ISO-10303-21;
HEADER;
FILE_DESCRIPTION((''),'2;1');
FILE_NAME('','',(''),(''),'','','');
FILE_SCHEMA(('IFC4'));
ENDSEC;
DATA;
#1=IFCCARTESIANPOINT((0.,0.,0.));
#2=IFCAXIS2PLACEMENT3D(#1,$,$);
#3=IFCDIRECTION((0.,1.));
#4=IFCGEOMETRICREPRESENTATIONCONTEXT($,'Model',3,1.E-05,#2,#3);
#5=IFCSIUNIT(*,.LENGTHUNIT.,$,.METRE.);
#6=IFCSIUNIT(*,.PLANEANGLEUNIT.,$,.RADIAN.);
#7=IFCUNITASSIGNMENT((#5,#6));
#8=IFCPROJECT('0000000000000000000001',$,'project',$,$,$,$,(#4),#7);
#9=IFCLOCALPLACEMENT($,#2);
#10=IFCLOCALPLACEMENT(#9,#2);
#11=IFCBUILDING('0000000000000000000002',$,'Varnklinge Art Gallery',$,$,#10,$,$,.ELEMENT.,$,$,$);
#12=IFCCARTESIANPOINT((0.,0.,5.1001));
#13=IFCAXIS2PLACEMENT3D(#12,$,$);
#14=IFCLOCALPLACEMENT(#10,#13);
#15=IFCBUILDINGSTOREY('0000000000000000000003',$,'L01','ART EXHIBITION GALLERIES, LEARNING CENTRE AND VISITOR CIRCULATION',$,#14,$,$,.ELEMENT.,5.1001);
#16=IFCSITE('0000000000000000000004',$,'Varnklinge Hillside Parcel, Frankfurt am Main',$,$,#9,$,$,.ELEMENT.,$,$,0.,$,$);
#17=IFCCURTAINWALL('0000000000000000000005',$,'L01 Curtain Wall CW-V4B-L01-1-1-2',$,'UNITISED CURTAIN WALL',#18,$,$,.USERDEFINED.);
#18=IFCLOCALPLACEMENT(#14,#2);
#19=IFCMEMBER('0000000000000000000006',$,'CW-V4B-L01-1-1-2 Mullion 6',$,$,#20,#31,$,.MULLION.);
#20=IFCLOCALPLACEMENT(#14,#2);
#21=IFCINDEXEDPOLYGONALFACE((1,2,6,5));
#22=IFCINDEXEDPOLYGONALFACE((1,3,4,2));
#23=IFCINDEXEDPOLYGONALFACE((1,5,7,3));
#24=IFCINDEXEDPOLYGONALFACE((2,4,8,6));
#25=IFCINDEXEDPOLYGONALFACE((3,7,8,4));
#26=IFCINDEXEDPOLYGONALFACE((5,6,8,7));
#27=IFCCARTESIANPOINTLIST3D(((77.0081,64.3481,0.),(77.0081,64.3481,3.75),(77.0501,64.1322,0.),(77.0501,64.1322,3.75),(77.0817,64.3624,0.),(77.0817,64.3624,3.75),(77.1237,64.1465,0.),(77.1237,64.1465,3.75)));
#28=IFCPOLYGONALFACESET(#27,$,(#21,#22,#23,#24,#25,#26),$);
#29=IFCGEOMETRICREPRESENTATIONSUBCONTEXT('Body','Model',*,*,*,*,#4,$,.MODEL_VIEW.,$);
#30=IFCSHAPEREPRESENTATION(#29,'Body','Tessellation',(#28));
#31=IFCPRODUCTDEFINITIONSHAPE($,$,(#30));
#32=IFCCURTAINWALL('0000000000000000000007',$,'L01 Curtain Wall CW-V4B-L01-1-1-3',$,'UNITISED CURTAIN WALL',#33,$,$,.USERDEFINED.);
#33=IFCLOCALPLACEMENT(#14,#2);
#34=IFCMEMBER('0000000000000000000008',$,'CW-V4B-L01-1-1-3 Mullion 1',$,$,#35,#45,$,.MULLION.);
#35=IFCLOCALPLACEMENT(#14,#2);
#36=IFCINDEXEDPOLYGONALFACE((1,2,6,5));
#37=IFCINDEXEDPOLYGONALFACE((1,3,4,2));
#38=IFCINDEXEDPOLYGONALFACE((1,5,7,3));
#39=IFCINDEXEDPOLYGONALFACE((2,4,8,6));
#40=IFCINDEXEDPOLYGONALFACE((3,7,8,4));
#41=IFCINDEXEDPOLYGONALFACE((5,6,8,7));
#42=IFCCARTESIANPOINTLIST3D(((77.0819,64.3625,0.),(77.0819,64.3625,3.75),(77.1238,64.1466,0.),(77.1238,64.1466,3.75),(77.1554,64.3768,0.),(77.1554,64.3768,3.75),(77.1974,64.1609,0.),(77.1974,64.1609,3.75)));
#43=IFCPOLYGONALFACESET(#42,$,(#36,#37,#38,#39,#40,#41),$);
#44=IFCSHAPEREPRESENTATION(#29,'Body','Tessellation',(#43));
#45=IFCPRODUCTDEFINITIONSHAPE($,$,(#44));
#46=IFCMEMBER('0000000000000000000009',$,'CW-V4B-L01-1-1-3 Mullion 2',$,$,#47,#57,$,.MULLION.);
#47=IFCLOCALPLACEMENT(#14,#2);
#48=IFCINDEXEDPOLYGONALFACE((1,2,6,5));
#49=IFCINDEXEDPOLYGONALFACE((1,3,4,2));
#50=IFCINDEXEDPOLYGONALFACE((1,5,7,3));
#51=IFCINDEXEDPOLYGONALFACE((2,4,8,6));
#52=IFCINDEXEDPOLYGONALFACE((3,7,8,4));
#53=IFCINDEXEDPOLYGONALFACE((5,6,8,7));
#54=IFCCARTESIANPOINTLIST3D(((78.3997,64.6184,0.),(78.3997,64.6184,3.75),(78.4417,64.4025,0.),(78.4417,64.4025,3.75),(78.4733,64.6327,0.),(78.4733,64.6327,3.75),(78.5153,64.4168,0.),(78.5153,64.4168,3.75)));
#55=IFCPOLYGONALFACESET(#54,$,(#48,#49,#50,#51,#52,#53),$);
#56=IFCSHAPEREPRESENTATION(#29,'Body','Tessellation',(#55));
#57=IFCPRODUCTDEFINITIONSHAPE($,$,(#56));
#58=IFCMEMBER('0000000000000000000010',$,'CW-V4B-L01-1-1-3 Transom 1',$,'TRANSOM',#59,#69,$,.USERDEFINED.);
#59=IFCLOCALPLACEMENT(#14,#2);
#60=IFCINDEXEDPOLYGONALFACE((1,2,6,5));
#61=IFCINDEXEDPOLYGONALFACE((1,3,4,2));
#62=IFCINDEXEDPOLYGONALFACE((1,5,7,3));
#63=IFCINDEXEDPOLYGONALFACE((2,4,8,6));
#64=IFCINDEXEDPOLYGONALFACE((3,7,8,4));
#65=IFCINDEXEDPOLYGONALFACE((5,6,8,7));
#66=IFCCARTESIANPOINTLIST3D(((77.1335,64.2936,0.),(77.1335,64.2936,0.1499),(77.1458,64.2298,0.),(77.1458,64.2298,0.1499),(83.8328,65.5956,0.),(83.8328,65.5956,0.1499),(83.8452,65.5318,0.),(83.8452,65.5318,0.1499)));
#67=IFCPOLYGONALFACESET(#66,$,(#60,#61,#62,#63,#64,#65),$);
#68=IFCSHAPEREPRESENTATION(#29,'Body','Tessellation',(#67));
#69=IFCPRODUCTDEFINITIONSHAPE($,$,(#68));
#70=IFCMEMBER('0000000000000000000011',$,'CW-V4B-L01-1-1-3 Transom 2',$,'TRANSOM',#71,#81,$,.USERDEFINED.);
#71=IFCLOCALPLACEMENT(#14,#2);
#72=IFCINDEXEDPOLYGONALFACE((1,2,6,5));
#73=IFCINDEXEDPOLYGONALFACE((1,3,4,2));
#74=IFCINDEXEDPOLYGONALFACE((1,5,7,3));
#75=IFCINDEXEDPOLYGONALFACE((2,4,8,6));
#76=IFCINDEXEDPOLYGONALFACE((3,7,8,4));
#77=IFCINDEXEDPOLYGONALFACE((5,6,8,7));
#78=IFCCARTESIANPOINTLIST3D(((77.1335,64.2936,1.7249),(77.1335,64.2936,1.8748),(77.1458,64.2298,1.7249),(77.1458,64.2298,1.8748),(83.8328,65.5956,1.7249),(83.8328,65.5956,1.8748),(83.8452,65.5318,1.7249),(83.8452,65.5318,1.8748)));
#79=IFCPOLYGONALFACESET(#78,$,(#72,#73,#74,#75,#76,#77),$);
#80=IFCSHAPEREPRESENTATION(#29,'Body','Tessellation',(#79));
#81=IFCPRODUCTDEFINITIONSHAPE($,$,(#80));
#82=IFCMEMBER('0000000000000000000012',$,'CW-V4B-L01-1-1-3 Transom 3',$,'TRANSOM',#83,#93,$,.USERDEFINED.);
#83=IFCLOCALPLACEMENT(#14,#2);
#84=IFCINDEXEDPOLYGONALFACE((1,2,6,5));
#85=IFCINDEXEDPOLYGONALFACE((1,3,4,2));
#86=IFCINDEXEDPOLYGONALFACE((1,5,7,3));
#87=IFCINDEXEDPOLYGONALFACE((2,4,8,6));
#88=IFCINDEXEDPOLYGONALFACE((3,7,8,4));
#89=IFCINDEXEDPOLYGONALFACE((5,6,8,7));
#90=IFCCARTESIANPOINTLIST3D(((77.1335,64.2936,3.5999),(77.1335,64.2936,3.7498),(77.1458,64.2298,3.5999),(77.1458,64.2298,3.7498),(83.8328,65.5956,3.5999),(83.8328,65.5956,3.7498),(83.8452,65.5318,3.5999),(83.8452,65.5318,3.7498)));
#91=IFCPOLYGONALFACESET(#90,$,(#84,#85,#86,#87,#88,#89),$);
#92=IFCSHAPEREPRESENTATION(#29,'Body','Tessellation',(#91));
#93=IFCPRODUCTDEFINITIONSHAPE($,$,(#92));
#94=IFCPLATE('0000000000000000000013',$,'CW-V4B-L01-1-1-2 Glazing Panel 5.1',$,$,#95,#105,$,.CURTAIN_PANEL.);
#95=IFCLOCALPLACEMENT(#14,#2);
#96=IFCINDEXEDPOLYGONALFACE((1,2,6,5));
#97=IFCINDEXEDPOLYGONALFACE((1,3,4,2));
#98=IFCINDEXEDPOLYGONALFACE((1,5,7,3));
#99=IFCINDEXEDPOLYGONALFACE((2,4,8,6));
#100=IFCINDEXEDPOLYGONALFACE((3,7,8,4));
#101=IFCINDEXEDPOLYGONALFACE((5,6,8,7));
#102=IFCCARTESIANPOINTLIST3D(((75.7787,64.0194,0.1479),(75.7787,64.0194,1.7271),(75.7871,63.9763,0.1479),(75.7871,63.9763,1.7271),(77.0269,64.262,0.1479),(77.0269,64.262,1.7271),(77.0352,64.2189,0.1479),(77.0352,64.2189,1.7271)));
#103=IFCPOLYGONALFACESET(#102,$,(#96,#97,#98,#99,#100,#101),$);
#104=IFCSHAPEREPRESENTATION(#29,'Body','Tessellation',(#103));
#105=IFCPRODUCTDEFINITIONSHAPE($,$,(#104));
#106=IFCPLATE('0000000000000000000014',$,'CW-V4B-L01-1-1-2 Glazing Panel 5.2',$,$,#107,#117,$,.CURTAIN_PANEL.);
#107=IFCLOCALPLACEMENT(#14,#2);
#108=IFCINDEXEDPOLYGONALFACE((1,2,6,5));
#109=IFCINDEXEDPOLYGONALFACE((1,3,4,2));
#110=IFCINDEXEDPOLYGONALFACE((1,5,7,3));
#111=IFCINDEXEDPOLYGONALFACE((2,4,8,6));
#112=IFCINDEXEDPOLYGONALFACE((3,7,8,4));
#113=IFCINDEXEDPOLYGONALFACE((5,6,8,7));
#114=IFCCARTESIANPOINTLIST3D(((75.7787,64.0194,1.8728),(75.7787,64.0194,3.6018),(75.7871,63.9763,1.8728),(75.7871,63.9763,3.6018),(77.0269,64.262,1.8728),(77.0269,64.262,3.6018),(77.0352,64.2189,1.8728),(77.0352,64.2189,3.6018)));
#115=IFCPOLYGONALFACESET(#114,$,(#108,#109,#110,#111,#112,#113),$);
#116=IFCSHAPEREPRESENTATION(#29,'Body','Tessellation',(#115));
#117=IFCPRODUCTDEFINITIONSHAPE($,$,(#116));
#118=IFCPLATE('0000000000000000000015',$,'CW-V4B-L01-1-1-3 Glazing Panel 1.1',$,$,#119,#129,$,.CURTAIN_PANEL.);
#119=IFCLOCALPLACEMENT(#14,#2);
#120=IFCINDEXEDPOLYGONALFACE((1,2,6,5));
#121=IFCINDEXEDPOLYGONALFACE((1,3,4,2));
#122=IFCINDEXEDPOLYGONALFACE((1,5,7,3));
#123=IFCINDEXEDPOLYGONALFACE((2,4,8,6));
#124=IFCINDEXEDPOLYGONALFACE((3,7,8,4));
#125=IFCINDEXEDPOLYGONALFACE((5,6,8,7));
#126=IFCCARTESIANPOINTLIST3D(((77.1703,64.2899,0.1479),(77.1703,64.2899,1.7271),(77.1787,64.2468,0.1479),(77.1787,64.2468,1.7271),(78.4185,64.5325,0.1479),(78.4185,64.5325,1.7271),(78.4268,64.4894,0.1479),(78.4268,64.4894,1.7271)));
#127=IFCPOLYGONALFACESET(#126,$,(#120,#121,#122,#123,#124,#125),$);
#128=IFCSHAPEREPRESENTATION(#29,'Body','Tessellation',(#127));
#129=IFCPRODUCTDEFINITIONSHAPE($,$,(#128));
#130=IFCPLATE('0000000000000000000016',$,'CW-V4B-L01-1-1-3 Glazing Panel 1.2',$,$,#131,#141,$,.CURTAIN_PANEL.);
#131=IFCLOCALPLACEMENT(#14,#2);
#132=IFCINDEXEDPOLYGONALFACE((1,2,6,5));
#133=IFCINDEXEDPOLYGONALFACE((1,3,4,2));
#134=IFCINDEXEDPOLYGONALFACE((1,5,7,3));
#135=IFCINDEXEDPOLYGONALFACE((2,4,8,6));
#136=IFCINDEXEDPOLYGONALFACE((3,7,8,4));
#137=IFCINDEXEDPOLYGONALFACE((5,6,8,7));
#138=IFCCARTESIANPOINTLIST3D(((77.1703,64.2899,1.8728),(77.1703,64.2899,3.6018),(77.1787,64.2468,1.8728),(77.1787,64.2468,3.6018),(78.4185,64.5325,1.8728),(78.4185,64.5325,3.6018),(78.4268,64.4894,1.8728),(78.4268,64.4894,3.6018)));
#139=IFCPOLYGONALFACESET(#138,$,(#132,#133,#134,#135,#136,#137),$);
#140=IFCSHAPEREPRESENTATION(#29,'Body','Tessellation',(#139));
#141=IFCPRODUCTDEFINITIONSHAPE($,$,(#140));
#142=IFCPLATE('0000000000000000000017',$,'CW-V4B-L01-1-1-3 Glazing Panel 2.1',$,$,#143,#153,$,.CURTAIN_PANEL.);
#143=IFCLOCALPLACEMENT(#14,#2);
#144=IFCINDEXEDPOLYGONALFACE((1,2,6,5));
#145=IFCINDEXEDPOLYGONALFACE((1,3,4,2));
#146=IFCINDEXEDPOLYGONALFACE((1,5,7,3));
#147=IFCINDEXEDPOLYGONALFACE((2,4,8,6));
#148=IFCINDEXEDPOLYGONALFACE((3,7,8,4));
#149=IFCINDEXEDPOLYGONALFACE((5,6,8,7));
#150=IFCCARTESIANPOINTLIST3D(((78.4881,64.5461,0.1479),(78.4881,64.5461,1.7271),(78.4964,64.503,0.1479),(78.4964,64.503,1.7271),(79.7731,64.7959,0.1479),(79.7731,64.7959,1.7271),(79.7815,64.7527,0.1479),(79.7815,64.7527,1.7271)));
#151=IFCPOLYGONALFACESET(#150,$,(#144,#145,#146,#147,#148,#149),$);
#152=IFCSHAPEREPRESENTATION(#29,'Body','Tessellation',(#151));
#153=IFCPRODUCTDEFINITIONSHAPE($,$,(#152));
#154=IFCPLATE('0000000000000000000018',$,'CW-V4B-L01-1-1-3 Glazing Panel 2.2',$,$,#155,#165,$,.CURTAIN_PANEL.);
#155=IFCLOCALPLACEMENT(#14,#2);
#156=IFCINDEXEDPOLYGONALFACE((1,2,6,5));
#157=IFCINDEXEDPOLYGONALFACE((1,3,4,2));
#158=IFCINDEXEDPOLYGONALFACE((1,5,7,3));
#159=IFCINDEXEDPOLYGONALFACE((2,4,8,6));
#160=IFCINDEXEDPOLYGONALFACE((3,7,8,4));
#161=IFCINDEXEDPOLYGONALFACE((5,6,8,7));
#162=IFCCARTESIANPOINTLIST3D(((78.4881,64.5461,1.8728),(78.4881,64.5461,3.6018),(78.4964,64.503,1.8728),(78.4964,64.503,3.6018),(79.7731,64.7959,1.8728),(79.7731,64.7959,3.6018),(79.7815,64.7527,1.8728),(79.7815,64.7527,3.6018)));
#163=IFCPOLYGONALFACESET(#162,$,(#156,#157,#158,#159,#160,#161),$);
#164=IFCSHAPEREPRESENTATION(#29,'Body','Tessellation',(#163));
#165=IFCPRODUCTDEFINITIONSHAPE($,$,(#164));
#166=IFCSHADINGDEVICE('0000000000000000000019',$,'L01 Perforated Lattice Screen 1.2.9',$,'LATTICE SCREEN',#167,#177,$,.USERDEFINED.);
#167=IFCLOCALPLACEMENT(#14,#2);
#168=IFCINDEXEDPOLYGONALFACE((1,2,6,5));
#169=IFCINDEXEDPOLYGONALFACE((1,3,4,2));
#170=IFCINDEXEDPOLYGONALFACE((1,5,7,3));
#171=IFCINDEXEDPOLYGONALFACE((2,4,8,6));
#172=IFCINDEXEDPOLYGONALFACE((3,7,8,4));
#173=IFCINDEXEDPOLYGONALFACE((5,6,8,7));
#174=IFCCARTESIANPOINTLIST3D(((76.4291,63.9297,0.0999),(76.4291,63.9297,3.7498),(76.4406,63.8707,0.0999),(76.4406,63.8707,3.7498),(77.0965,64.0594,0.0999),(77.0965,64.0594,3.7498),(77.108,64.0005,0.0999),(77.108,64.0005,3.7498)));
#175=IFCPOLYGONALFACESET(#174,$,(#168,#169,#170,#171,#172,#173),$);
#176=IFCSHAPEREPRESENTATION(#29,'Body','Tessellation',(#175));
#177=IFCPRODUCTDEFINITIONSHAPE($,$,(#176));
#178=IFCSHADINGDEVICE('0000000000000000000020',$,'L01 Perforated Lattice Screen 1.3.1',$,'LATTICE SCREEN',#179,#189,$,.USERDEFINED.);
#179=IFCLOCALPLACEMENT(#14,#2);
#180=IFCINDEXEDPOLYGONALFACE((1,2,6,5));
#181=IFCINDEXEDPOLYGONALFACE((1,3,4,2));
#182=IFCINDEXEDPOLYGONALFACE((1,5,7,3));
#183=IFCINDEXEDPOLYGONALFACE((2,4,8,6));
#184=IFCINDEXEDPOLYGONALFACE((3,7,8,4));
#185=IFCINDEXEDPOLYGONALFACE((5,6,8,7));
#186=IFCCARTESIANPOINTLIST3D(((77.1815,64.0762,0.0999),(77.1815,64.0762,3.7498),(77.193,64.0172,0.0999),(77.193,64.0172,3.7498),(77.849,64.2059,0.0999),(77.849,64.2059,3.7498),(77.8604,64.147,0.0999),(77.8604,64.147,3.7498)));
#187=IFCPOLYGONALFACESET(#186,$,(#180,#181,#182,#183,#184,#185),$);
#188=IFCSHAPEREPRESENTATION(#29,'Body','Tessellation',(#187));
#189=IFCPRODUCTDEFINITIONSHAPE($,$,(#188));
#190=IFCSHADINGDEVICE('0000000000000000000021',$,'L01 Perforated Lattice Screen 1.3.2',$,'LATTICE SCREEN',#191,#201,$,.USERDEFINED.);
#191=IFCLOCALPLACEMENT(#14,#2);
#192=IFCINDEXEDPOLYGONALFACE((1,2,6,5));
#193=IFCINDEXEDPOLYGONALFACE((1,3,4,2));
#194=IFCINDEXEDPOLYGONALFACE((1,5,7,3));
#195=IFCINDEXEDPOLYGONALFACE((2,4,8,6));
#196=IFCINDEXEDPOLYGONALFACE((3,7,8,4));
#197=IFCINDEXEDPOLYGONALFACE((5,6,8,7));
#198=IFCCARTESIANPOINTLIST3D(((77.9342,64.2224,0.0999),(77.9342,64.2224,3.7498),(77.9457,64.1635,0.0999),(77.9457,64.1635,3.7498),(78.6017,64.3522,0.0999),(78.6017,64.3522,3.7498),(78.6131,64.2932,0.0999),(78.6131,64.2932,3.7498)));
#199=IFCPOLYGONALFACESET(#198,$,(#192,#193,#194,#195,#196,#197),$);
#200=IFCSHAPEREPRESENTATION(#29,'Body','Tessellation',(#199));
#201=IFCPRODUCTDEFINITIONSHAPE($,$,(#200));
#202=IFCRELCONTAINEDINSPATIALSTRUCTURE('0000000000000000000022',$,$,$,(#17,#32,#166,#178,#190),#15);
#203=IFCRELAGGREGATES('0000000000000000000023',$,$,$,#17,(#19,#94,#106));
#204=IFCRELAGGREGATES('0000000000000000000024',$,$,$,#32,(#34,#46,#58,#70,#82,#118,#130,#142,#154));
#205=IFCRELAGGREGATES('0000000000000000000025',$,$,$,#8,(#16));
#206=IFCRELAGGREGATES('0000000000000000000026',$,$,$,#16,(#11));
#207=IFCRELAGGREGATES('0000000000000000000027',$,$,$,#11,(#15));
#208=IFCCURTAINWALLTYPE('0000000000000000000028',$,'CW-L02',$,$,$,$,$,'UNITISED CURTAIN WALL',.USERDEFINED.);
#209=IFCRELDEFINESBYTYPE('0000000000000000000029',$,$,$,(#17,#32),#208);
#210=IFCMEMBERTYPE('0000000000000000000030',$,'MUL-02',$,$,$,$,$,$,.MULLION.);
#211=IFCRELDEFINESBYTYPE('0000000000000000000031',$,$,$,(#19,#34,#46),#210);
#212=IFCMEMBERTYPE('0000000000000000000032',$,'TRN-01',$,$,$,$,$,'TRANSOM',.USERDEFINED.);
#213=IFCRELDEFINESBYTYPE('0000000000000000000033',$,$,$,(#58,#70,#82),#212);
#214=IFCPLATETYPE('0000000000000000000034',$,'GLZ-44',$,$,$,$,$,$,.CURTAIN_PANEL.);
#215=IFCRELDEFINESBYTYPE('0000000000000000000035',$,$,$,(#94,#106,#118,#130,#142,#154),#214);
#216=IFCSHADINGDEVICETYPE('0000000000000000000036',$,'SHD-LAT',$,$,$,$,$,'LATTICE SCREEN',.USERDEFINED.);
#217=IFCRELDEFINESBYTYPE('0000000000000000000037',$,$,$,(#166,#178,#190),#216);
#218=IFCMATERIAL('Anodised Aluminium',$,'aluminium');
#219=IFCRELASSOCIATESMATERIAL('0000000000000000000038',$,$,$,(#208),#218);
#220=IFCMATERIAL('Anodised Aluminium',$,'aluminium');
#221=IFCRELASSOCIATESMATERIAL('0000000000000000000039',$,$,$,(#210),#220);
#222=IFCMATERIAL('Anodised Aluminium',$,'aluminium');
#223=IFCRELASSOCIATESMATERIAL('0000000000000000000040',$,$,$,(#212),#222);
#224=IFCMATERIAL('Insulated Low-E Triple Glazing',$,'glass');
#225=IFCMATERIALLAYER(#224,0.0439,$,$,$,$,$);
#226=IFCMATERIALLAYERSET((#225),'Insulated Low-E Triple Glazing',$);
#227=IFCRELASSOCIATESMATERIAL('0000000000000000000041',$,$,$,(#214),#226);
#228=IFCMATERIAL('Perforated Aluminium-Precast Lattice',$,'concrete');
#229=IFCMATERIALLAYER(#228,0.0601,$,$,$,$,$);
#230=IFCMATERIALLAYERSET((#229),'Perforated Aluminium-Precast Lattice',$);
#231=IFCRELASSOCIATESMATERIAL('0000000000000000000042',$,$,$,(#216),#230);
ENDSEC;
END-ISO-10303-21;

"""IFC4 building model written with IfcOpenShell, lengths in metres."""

from ifc_helpers import new_model, si_unit, direction, frame, origin, origin_2d, place, context, subcontext, project, spatial, rectangle, extrude, material, layer, layer_set, material_profile, profile_set, type_object, element, aggregate, save


model = new_model("IFC4")

# Units and contexts
model_context = context("Model", 3, precision=1e-05, world=origin(), true_north=direction((0.0, 1.0)))
body_context = subcontext(model_context, "Body", "Model", "MODEL_VIEW")
ifc_project = project(units=[si_unit("LENGTHUNIT", "METRE"), si_unit("PLANEANGLEUNIT", "RADIAN")], contexts=[model_context])

# Site, building, storey
site_placement = place(None, origin())
site = spatial("IfcSite", under=ifc_project, at=site_placement, Name="Varnklinge Hillside Parcel, Frankfurt am Main", CompositionType="ELEMENT", RefElevation=0.0)
building_placement = place(site_placement, origin())
building = spatial("IfcBuilding", under=site, at=building_placement, Name="Varnklinge Art Gallery", CompositionType="ELEMENT")
storey_placement = place(building_placement, frame((0.0, 0.0, 5.1001)))
storey = spatial("IfcBuildingStorey", under=building, at=storey_placement, Name="L01", Description="ART EXHIBITION GALLERIES, LEARNING CENTRE AND VISITOR CIRCULATION", CompositionType="ELEMENT", Elevation=5.1001)

# Curtain wall, member
ifc_material_1 = material(Name="Anodised Aluminium", Category="aluminium")
curtain_wall_type = type_object("IfcCurtainWallType", Name="CW-L02", ElementType="UNITISED CURTAIN WALL", PredefinedType="USERDEFINED", material=ifc_material_1)
curtain_wall_1_placement = place(storey_placement, origin())
curtain_wall_1 = element("IfcCurtainWall", 1, at=curtain_wall_1_placement, inside=storey, type_object=curtain_wall_type, Name="L01 Curtain Wall CW-V4B-L01-1-1-2", ObjectType="UNITISED CURTAIN WALL", PredefinedType="USERDEFINED")
ifc_material_2 = material(Name="Anodised Aluminium", Category="aluminium")
ifc_material_profile_1 = material_profile(ifc_material_2, rectangle(XDim=0.075, YDim=0.22, at=origin_2d()), Name="ALU 75x220")
ifc_profile_set_1 = profile_set([ifc_material_profile_1], Name="Anodised Aluminium")
member_type_1 = type_object("IfcMemberType", Name="MUL-02", PredefinedType="MULLION", material=ifc_profile_set_1)
member_1_placement = place(storey_placement, frame((77.0659, 64.2473, 0.0), z_axis=(0.0, 0.0, 1.0), x_axis=(0.981627, 0.190809, 0.0)))
member_1 = element("IfcMember", 2, at=member_1_placement, type_object=member_type_1, Name="CW-V4B-L01-1-1-2 Mullion 6", PredefinedType="MULLION", context=body_context, shape_type="SweptSolid", body=[
    extrude(rectangle(XDim=0.075, YDim=0.22, at=origin_2d()), origin(), (0.0, 0.0, 1.0), 3.75),
])

# Curtain wall, members
curtain_wall_2_placement = place(storey_placement, origin())
curtain_wall_2 = element("IfcCurtainWall", 3, at=curtain_wall_2_placement, inside=storey, type_object=curtain_wall_type, Name="L01 Curtain Wall CW-V4B-L01-1-1-3", ObjectType="UNITISED CURTAIN WALL", PredefinedType="USERDEFINED")
member_2_placement = place(storey_placement, frame((77.1396, 64.2617, 0.0), z_axis=(0.0, 0.0, 1.0), x_axis=(0.981627, 0.190809, 0.0)))
member_2 = element("IfcMember", 4, at=member_2_placement, type_object=member_type_1, Name="CW-V4B-L01-1-1-3 Mullion 1", PredefinedType="MULLION", context=body_context, shape_type="SweptSolid", body=[
    extrude(rectangle(XDim=0.075, YDim=0.22, at=origin_2d()), origin(), (0.0, 0.0, 1.0), 3.75),
])
member_3_placement = place(storey_placement, frame((78.4575, 64.5176, 0.0), z_axis=(0.0, 0.0, 1.0), x_axis=(0.981627, 0.190809, 0.0)))
member_3 = element("IfcMember", 5, at=member_3_placement, type_object=member_type_1, Name="CW-V4B-L01-1-1-3 Mullion 2", PredefinedType="MULLION", context=body_context, shape_type="SweptSolid", body=[
    extrude(rectangle(XDim=0.075, YDim=0.22, at=origin_2d()), origin(), (0.0, 0.0, 1.0), 3.75),
])
ifc_material_3 = material(Name="Anodised Aluminium", Category="aluminium")
ifc_material_profile_2 = material_profile(ifc_material_3, rectangle(XDim=0.0649, YDim=0.1499, at=origin_2d()), Name="ALU 65x150")
ifc_profile_set_2 = profile_set([ifc_material_profile_2], Name="Anodised Aluminium")
member_type_2 = type_object("IfcMemberType", Name="TRN-01", ElementType="TRANSOM", PredefinedType="USERDEFINED", material=ifc_profile_set_2)
member_4_placement = place(storey_placement, frame((77.1396, 64.2617, 0.075), z_axis=(0.981634, 0.190775, 0.0), x_axis=(-0.190775, 0.981634, 0.0)))
member_4 = element("IfcMember", 6, at=member_4_placement, type_object=member_type_2, Name="CW-V4B-L01-1-1-3 Transom 1", ObjectType="TRANSOM", PredefinedType="USERDEFINED", context=body_context, shape_type="SweptSolid", body=[
    extrude(rectangle(XDim=0.0649, YDim=0.1499, at=origin_2d()), origin(), (0.0, 0.0, 1.0), 6.8247),
])
member_5_placement = place(storey_placement, frame((77.1396, 64.2617, 1.7998), z_axis=(0.981634, 0.190775, 0.0), x_axis=(-0.190775, 0.981634, 0.0)))
member_5 = element("IfcMember", 7, at=member_5_placement, type_object=member_type_2, Name="CW-V4B-L01-1-1-3 Transom 2", ObjectType="TRANSOM", PredefinedType="USERDEFINED", context=body_context, shape_type="SweptSolid", body=[
    extrude(rectangle(XDim=0.0649, YDim=0.1499, at=origin_2d()), origin(), (0.0, 0.0, 1.0), 6.8247),
])
member_6_placement = place(storey_placement, frame((77.1396, 64.2617, 3.6748), z_axis=(0.981634, 0.190775, 0.0), x_axis=(-0.190775, 0.981634, 0.0)))
member_6 = element("IfcMember", 8, at=member_6_placement, type_object=member_type_2, Name="CW-V4B-L01-1-1-3 Transom 3", ObjectType="TRANSOM", PredefinedType="USERDEFINED", context=body_context, shape_type="SweptSolid", body=[
    extrude(rectangle(XDim=0.0649, YDim=0.1499, at=origin_2d()), origin(), (0.0, 0.0, 1.0), 6.8247),
])

# Plates
ifc_material_4 = material(Name="Insulated Low-E Triple Glazing", Category="glass")
ifc_layer_1 = layer(ifc_material_4, 0.0439)
ifc_layer_set_1 = layer_set([ifc_layer_1], Name="Insulated Low-E Triple Glazing")
plate_type = type_object("IfcPlateType", Name="GLZ-44", PredefinedType="CURTAIN_PANEL", material=ifc_layer_set_1)
plate_1_placement = place(storey_placement, frame((76.407, 64.1191, 0.1479), z_axis=(0.0, 0.0, 1.0), x_axis=(0.981627, 0.190809, 0.0)))
plate_1 = element("IfcPlate", 9, at=plate_1_placement, type_object=plate_type, Name="CW-V4B-L01-1-1-2 Glazing Panel 5.1", PredefinedType="CURTAIN_PANEL", context=body_context, shape_type="SweptSolid", body=[
    extrude(rectangle(XDim=1.2715, YDim=0.0439, at=origin_2d()), origin(), (0.0, 0.0, 1.0), 1.5791),
])
plate_2_placement = place(storey_placement, frame((76.407, 64.1191, 1.8728), z_axis=(0.0, 0.0, 1.0), x_axis=(0.981627, 0.190809, 0.0)))
plate_2 = element("IfcPlate", 10, at=plate_2_placement, type_object=plate_type, Name="CW-V4B-L01-1-1-2 Glazing Panel 5.2", PredefinedType="CURTAIN_PANEL", context=body_context, shape_type="SweptSolid", body=[
    extrude(rectangle(XDim=1.2715, YDim=0.0439, at=origin_2d()), origin(), (0.0, 0.0, 1.0), 1.729),
])
aggregate(curtain_wall_1, [member_1, plate_1, plate_2])
plate_3_placement = place(storey_placement, frame((77.7986, 64.3896, 0.1479), z_axis=(0.0, 0.0, 1.0), x_axis=(0.981627, 0.190809, 0.0)))
plate_3 = element("IfcPlate", 11, at=plate_3_placement, type_object=plate_type, Name="CW-V4B-L01-1-1-3 Glazing Panel 1.1", PredefinedType="CURTAIN_PANEL", context=body_context, shape_type="SweptSolid", body=[
    extrude(rectangle(XDim=1.2715, YDim=0.0439, at=origin_2d()), origin(), (0.0, 0.0, 1.0), 1.5791),
])
plate_4_placement = place(storey_placement, frame((77.7986, 64.3896, 1.8728), z_axis=(0.0, 0.0, 1.0), x_axis=(0.981627, 0.190809, 0.0)))
plate_4 = element("IfcPlate", 12, at=plate_4_placement, type_object=plate_type, Name="CW-V4B-L01-1-1-3 Glazing Panel 1.2", PredefinedType="CURTAIN_PANEL", context=body_context, shape_type="SweptSolid", body=[
    extrude(rectangle(XDim=1.2715, YDim=0.0439, at=origin_2d()), origin(), (0.0, 0.0, 1.0), 1.729),
])
plate_5_placement = place(storey_placement, frame((79.1348, 64.6494, 0.1479), z_axis=(0.0, 0.0, 1.0), x_axis=(0.981627, 0.190809, 0.0)))
plate_5 = element("IfcPlate", 13, at=plate_5_placement, type_object=plate_type, Name="CW-V4B-L01-1-1-3 Glazing Panel 2.1", PredefinedType="CURTAIN_PANEL", context=body_context, shape_type="SweptSolid", body=[
    extrude(rectangle(XDim=1.3091, YDim=0.0439, at=origin_2d()), origin(), (0.0, 0.0, 1.0), 1.5791),
])
plate_6_placement = place(storey_placement, frame((79.1348, 64.6494, 1.8728), z_axis=(0.0, 0.0, 1.0), x_axis=(0.981627, 0.190809, 0.0)))
plate_6 = element("IfcPlate", 14, at=plate_6_placement, type_object=plate_type, Name="CW-V4B-L01-1-1-3 Glazing Panel 2.2", PredefinedType="CURTAIN_PANEL", context=body_context, shape_type="SweptSolid", body=[
    extrude(rectangle(XDim=1.3091, YDim=0.0439, at=origin_2d()), origin(), (0.0, 0.0, 1.0), 1.729),
])
aggregate(curtain_wall_2, [member_2, member_3, member_4, member_5, member_6, plate_3, plate_4, plate_5, plate_6])

# Shading devices
ifc_material_5 = material(Name="Perforated Aluminium-Precast Lattice", Category="concrete")
ifc_layer_2 = layer(ifc_material_5, 0.0601)
ifc_layer_set_2 = layer_set([ifc_layer_2], Name="Perforated Aluminium-Precast Lattice")
shading_device_type = type_object("IfcShadingDeviceType", Name="SHD-LAT", ElementType="LATTICE SCREEN", PredefinedType="USERDEFINED", material=ifc_layer_set_2)
for number, where, z_axis, x_axis, name in (
    (15, (76.7686, 63.9651, 0.0999), (0.0, 0.0, 1.0), (0.981627, 0.190809, 0.0), "L01 Perforated Lattice Screen 1.2.9"),
    (16, (77.521, 64.1116, 0.0999), (0.0, 0.0, 1.0), (0.981627, 0.190809, 0.0), "L01 Perforated Lattice Screen 1.3.1"),
    (17, (78.2737, 64.2578, 0.0999), (0.0, 0.0, 1.0), (0.981627, 0.190809, 0.0), "L01 Perforated Lattice Screen 1.3.2"),
):
    element("IfcShadingDevice", number, at=place(storey_placement, frame(where, z_axis=z_axis, x_axis=x_axis)), inside=storey, type_object=shading_device_type, Name=name, ObjectType="LATTICE SCREEN", PredefinedType="USERDEFINED", context=body_context, shape_type="SweptSolid", body=[
        extrude(rectangle(XDim=0.6799, YDim=0.0601, at=origin_2d()), origin(), (0.0, 0.0, 1.0), 3.6499),
    ])

save(model, "model.ifc")
